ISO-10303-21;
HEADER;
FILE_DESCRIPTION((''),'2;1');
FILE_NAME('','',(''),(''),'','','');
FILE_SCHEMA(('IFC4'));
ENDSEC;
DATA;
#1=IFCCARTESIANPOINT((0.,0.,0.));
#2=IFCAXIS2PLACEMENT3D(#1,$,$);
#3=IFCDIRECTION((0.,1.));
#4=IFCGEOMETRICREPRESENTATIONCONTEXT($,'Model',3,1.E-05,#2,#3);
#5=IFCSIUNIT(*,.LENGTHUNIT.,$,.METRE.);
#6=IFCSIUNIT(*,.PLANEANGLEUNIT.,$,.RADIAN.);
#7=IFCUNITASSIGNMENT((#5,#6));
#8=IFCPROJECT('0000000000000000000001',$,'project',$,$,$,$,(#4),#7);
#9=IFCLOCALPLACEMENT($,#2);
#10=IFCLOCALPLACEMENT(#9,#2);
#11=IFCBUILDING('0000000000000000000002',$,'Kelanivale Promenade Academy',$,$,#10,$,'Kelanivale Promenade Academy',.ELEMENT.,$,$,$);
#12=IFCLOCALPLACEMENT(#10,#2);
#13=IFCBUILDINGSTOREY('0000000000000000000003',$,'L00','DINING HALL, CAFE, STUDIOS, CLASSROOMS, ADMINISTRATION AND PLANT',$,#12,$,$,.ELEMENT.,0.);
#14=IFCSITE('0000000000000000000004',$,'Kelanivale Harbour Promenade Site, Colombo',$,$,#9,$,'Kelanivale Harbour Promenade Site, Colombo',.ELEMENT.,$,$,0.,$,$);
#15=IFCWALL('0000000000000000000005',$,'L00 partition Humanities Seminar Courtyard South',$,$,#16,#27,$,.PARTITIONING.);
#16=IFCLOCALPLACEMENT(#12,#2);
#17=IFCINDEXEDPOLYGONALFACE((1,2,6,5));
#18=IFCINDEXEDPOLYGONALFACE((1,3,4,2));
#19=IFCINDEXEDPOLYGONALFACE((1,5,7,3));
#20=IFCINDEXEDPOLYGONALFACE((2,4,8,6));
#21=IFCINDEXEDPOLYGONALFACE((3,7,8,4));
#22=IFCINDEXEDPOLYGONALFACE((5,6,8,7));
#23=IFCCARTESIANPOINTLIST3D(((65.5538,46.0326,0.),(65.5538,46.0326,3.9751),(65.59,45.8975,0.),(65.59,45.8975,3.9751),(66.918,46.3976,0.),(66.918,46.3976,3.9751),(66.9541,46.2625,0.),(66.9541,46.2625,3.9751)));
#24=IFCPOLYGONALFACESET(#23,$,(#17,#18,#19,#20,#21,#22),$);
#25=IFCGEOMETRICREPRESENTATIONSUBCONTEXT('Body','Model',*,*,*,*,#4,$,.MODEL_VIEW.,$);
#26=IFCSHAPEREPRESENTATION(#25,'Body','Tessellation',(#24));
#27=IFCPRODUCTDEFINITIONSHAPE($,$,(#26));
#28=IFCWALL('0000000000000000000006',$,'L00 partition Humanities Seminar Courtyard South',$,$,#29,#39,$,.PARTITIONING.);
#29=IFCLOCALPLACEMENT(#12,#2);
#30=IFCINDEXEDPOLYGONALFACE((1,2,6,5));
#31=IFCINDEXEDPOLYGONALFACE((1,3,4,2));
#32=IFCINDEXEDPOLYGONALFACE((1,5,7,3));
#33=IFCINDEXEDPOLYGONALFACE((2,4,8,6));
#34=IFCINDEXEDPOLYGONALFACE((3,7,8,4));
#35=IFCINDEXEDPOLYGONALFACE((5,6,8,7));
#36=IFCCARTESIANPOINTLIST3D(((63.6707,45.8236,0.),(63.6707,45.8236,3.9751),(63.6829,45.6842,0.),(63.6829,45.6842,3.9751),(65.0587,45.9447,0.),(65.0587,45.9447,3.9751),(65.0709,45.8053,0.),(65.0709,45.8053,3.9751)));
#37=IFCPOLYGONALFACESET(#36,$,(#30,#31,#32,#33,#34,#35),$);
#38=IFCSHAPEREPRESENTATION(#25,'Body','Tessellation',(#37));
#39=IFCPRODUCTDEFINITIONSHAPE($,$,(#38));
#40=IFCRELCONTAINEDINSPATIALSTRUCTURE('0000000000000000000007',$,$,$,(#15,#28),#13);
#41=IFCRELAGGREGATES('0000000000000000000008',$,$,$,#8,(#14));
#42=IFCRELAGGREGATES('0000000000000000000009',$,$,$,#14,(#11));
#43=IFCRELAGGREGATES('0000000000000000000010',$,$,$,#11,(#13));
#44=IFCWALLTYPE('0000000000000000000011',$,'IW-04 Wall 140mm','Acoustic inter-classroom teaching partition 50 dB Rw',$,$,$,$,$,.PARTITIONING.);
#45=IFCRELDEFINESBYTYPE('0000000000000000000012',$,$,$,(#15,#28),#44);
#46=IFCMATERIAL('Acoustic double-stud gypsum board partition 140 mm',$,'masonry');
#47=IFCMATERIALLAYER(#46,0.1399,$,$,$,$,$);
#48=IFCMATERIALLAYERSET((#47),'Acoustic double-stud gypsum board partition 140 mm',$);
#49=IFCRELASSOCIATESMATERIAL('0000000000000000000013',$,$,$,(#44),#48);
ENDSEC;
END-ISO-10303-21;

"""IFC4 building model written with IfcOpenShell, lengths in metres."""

from ifc_helpers import new_model, si_unit, direction, frame, frame_2d, origin, place, context, subcontext, project, spatial, rectangle, extrude, material, layer, layer_set, type_object, element, save


model = new_model("IFC4")

# Units and contexts
model_context = context("Model", 3, precision=1e-05, world=origin(), true_north=direction((0.0, 1.0)))
body_context = subcontext(model_context, "Body", "Model", "MODEL_VIEW")
ifc_project = project(units=[si_unit("LENGTHUNIT", "METRE"), si_unit("PLANEANGLEUNIT", "RADIAN")], contexts=[model_context])

# Site, building, storey
site_placement = place(None, origin())
site = spatial("IfcSite", under=ifc_project, at=site_placement, Name="Kelanivale Harbour Promenade Site, Colombo", LongName="Kelanivale Harbour Promenade Site, Colombo", CompositionType="ELEMENT", RefElevation=0.0)
building_placement = place(site_placement, origin())
building = spatial("IfcBuilding", under=site, at=building_placement, Name="Kelanivale Promenade Academy", LongName="Kelanivale Promenade Academy", CompositionType="ELEMENT")
storey_placement = place(building_placement, origin())
storey = spatial("IfcBuildingStorey", under=building, at=storey_placement, Name="L00", Description="DINING HALL, CAFE, STUDIOS, CLASSROOMS, ADMINISTRATION AND PLANT", CompositionType="ELEMENT", Elevation=0.0)

# Walls
ifc_material_1 = material(Name="Acoustic double-stud gypsum board partition 140 mm", Category="masonry")
ifc_layer_1 = layer(ifc_material_1, 0.1399)
ifc_layer_set_1 = layer_set([ifc_layer_1], Name="Acoustic double-stud gypsum board partition 140 mm")
wall_type = type_object("IfcWallType", Name="IW-04 Wall 140mm", Description="Acoustic inter-classroom teaching partition 50 dB Rw", PredefinedType="PARTITIONING", material=ifc_layer_set_1)
wall_1_placement = place(storey_placement, frame((66.936, 46.3301, 0.0), z_axis=(0.0, 0.0, 1.0), x_axis=(-0.966014, -0.258491, 0.0)))
element("IfcWall", 1, at=wall_1_placement, inside=storey, type_object=wall_type, Name="L00 partition Humanities Seminar Courtyard South", PredefinedType="PARTITIONING", context=body_context, shape_type="SweptSolid", body=[
    extrude(rectangle(XDim=1.4121, YDim=0.1399, at=frame_2d((0.7061, 0.0))), origin(), (0.0, 0.0, 1.0), 3.9751),
])
wall_2_placement = place(storey_placement, frame((65.0649, 45.875, 0.0), z_axis=(0.0, 0.0, 1.0), x_axis=(-0.996216, -0.086917, 0.0)))
element("IfcWall", 2, at=wall_2_placement, inside=storey, type_object=wall_type, Name="L00 partition Humanities Seminar Courtyard South", PredefinedType="PARTITIONING", context=body_context, shape_type="SweptSolid", body=[
    extrude(rectangle(XDim=1.3933, YDim=0.1399, at=frame_2d((0.6968, 0.0))), origin(), (0.0, 0.0, 1.0), 3.9751),
])

save(model, "model.ifc")
